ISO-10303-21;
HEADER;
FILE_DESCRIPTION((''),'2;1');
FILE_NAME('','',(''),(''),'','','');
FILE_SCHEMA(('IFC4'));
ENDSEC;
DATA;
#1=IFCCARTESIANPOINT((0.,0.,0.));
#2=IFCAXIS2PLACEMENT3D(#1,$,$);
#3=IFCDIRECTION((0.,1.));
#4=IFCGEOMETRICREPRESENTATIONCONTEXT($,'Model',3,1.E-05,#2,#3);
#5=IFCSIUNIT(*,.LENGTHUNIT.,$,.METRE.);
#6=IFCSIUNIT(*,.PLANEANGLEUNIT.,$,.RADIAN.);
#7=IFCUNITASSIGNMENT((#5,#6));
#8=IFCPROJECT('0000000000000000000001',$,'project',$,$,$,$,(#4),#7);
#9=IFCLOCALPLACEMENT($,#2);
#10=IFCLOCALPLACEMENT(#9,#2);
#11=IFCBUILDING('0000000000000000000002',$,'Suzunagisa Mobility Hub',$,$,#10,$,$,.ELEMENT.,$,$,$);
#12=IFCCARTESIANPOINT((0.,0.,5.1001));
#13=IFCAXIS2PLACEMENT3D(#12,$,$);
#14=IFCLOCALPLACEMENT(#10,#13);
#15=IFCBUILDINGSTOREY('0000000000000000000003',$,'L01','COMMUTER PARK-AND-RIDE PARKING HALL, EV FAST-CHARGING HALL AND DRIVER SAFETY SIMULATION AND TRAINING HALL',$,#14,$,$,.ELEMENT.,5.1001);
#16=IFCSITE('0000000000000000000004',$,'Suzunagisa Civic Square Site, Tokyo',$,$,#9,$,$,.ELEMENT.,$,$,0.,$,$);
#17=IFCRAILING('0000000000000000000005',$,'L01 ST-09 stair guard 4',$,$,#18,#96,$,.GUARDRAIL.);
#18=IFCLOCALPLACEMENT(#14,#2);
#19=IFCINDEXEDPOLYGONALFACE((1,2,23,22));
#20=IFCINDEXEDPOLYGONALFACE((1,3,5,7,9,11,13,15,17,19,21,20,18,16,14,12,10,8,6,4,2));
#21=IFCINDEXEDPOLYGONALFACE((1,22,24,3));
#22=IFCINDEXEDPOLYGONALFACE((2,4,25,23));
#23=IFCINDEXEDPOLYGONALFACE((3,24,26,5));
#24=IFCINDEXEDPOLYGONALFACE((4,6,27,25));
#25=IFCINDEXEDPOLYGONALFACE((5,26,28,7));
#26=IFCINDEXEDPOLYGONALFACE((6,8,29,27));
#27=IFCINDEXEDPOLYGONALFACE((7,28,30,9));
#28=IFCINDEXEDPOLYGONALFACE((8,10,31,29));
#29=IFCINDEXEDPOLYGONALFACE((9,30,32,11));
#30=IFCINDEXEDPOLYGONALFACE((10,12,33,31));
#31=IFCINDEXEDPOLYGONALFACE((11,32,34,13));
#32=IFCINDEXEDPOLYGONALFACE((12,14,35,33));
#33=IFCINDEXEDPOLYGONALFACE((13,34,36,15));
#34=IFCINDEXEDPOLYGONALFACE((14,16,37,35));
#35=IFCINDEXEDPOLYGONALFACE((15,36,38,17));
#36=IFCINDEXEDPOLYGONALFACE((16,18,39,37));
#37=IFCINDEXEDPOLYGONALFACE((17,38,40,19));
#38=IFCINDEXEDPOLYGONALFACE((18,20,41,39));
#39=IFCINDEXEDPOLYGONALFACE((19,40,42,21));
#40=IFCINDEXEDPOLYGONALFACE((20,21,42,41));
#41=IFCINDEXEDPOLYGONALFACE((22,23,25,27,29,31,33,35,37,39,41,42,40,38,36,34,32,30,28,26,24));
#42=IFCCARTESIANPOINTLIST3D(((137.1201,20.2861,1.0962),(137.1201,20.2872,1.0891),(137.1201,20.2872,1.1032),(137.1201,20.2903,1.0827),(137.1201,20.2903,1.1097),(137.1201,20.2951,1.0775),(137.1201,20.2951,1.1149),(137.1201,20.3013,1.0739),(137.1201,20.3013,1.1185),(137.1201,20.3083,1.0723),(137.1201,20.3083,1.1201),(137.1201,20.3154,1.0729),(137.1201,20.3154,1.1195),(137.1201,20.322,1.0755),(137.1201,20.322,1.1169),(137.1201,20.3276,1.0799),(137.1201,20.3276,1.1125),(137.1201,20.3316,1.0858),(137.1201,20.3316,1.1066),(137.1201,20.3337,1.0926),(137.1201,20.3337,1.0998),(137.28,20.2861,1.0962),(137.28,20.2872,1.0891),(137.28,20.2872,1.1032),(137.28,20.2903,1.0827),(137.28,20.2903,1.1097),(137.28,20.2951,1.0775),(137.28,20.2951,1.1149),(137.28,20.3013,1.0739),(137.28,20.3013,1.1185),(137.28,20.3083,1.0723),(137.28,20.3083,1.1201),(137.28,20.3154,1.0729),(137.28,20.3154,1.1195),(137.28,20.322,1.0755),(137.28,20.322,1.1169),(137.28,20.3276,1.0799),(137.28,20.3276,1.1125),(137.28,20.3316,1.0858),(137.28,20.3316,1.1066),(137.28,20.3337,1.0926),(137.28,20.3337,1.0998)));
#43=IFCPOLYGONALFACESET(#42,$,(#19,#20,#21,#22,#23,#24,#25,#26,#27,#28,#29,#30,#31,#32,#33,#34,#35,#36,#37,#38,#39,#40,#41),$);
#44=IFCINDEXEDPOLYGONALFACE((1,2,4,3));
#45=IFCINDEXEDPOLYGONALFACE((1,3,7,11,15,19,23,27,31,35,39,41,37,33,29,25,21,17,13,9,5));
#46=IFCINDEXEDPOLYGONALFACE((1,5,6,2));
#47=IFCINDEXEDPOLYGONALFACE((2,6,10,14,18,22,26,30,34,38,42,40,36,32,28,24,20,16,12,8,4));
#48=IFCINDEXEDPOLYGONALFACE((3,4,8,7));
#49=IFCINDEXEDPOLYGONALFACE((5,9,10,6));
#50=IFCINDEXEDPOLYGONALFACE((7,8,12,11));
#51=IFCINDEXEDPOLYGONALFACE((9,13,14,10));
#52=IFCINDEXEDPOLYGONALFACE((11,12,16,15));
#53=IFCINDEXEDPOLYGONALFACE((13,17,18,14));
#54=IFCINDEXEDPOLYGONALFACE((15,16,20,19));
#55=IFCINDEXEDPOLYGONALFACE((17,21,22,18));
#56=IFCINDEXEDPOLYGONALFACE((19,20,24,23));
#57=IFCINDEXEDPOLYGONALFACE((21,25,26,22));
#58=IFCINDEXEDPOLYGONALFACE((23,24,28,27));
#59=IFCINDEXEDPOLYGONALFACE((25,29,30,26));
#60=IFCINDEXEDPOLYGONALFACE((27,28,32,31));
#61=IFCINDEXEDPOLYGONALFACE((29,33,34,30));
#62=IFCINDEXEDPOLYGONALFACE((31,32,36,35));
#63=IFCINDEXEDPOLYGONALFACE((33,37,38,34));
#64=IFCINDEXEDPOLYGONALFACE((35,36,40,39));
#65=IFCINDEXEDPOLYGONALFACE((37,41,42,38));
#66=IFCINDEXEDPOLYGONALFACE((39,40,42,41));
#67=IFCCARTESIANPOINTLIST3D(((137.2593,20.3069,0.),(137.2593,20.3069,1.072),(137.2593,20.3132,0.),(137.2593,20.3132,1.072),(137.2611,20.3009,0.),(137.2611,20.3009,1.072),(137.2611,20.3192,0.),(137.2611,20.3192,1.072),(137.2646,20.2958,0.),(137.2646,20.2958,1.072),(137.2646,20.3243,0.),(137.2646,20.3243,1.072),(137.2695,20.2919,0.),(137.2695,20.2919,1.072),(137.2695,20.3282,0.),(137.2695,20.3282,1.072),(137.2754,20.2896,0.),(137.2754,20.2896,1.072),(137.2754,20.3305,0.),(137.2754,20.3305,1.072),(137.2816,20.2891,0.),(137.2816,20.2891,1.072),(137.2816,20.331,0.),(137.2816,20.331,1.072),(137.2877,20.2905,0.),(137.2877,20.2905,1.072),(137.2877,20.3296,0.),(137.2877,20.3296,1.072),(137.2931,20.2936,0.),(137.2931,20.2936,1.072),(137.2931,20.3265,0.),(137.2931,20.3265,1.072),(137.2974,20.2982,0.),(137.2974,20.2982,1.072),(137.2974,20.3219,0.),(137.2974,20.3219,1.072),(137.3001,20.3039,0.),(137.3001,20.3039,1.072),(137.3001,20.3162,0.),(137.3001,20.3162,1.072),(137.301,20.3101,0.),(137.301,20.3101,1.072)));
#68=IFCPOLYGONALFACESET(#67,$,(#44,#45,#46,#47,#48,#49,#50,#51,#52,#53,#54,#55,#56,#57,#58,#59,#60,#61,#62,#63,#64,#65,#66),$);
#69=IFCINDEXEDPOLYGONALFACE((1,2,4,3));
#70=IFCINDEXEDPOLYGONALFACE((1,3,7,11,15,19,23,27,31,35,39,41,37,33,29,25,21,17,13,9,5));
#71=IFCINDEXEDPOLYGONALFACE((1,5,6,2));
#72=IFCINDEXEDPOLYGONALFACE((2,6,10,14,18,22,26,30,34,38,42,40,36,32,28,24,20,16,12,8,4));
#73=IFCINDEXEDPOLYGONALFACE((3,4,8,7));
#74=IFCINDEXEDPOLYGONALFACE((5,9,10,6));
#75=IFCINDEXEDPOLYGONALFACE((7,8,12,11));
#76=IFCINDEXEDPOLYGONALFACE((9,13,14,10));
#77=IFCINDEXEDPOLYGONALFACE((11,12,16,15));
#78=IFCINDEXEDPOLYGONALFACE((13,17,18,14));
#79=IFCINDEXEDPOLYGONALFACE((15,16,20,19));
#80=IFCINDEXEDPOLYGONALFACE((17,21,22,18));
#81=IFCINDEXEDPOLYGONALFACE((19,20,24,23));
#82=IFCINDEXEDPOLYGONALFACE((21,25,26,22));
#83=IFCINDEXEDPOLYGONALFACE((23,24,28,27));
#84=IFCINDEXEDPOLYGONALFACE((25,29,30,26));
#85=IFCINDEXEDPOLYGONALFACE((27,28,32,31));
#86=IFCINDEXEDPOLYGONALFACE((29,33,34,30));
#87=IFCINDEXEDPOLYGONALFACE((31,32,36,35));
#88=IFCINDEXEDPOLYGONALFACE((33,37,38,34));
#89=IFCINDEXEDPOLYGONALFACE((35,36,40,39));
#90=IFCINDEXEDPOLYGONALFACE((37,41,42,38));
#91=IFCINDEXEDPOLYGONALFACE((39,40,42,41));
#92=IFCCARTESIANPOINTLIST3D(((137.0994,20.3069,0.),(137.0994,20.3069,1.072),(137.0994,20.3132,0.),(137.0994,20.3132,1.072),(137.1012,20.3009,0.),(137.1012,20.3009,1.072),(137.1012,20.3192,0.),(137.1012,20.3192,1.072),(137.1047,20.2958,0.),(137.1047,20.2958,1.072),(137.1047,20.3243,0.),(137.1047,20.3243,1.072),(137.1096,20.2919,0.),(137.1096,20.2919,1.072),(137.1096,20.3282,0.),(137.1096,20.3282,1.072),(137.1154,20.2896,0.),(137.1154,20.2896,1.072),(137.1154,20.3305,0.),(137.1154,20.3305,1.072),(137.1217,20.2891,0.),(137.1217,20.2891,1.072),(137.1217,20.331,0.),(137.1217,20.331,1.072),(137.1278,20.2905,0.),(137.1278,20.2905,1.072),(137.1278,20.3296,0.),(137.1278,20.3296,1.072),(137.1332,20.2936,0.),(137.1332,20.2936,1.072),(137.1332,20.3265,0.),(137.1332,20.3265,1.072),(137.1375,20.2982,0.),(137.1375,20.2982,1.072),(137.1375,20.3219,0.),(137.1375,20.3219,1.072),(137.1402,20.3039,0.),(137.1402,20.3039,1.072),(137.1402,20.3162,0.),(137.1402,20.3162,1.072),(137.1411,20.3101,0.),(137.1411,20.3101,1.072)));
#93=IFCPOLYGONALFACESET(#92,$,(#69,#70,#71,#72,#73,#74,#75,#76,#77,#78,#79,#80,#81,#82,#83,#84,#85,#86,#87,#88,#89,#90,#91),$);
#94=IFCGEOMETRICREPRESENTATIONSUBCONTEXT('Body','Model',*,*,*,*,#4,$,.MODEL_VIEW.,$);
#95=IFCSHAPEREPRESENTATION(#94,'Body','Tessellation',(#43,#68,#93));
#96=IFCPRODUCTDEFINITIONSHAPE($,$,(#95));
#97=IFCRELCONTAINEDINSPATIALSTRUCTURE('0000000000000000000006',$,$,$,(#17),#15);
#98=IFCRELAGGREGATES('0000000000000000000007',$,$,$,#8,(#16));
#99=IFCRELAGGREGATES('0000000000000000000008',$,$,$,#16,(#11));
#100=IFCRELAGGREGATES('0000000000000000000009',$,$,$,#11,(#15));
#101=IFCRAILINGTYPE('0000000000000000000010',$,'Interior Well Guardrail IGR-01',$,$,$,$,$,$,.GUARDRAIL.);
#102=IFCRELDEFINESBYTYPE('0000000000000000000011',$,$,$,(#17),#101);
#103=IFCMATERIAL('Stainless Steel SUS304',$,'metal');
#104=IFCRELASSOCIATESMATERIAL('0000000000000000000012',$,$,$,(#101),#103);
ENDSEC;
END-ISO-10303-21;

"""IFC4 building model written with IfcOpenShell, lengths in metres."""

from ifc_helpers import new_model, si_unit, direction, frame, origin, origin_2d, place, context, subcontext, project, spatial, circle, extrude, material, type_object, element, save


model = new_model("IFC4")

# Units and contexts
model_context = context("Model", 3, precision=1e-05, world=origin(), true_north=direction((0.0, 1.0)))
body_context = subcontext(model_context, "Body", "Model", "MODEL_VIEW")
ifc_project = project(units=[si_unit("LENGTHUNIT", "METRE"), si_unit("PLANEANGLEUNIT", "RADIAN")], contexts=[model_context])

# Site, building, storey
site_placement = place(None, origin())
site = spatial("IfcSite", under=ifc_project, at=site_placement, Name="Suzunagisa Civic Square Site, Tokyo", CompositionType="ELEMENT", RefElevation=0.0)
building_placement = place(site_placement, origin())
building = spatial("IfcBuilding", under=site, at=building_placement, Name="Suzunagisa Mobility Hub", CompositionType="ELEMENT")
storey_placement = place(building_placement, frame((0.0, 0.0, 5.1001)))
storey = spatial("IfcBuildingStorey", under=building, at=storey_placement, Name="L01", Description="COMMUTER PARK-AND-RIDE PARKING HALL, EV FAST-CHARGING HALL AND DRIVER SAFETY SIMULATION AND TRAINING HALL", CompositionType="ELEMENT", Elevation=5.1001)

# Railing
ifc_material_1 = material(Name="Stainless Steel SUS304", Category="metal")
railing_type_1 = type_object("IfcRailingType", Name="Interior Well Guardrail IGR-01", PredefinedType="GUARDRAIL", material=ifc_material_1)
railing_1_placement = place(storey_placement, frame((137.28, 20.3101, 0.0)))
element("IfcRailing", 1, at=railing_1_placement, inside=storey, type_object=railing_type_1, Name="L01 ST-09 stair guard 4", PredefinedType="GUARDRAIL", context=body_context, shape_type="SweptSolid", body=[
    extrude(circle(Radius=0.0239, at=origin_2d()), frame((0.0, 0.0, 1.0962), z_axis=(-1.0, 0.0, 0.0), x_axis=(0.0, -1.0, 0.0)), (0.0, 0.0, 1.0), 0.1599),
    extrude(circle(Radius=0.021, at=origin_2d()), origin(), (0.0, 0.0, 1.0), 1.072),
    extrude(circle(Radius=0.021, at=origin_2d()), frame((-0.1599, 0.0, 0.0)), (0.0, 0.0, 1.0), 1.072),
])

save(model, "model.ifc")
